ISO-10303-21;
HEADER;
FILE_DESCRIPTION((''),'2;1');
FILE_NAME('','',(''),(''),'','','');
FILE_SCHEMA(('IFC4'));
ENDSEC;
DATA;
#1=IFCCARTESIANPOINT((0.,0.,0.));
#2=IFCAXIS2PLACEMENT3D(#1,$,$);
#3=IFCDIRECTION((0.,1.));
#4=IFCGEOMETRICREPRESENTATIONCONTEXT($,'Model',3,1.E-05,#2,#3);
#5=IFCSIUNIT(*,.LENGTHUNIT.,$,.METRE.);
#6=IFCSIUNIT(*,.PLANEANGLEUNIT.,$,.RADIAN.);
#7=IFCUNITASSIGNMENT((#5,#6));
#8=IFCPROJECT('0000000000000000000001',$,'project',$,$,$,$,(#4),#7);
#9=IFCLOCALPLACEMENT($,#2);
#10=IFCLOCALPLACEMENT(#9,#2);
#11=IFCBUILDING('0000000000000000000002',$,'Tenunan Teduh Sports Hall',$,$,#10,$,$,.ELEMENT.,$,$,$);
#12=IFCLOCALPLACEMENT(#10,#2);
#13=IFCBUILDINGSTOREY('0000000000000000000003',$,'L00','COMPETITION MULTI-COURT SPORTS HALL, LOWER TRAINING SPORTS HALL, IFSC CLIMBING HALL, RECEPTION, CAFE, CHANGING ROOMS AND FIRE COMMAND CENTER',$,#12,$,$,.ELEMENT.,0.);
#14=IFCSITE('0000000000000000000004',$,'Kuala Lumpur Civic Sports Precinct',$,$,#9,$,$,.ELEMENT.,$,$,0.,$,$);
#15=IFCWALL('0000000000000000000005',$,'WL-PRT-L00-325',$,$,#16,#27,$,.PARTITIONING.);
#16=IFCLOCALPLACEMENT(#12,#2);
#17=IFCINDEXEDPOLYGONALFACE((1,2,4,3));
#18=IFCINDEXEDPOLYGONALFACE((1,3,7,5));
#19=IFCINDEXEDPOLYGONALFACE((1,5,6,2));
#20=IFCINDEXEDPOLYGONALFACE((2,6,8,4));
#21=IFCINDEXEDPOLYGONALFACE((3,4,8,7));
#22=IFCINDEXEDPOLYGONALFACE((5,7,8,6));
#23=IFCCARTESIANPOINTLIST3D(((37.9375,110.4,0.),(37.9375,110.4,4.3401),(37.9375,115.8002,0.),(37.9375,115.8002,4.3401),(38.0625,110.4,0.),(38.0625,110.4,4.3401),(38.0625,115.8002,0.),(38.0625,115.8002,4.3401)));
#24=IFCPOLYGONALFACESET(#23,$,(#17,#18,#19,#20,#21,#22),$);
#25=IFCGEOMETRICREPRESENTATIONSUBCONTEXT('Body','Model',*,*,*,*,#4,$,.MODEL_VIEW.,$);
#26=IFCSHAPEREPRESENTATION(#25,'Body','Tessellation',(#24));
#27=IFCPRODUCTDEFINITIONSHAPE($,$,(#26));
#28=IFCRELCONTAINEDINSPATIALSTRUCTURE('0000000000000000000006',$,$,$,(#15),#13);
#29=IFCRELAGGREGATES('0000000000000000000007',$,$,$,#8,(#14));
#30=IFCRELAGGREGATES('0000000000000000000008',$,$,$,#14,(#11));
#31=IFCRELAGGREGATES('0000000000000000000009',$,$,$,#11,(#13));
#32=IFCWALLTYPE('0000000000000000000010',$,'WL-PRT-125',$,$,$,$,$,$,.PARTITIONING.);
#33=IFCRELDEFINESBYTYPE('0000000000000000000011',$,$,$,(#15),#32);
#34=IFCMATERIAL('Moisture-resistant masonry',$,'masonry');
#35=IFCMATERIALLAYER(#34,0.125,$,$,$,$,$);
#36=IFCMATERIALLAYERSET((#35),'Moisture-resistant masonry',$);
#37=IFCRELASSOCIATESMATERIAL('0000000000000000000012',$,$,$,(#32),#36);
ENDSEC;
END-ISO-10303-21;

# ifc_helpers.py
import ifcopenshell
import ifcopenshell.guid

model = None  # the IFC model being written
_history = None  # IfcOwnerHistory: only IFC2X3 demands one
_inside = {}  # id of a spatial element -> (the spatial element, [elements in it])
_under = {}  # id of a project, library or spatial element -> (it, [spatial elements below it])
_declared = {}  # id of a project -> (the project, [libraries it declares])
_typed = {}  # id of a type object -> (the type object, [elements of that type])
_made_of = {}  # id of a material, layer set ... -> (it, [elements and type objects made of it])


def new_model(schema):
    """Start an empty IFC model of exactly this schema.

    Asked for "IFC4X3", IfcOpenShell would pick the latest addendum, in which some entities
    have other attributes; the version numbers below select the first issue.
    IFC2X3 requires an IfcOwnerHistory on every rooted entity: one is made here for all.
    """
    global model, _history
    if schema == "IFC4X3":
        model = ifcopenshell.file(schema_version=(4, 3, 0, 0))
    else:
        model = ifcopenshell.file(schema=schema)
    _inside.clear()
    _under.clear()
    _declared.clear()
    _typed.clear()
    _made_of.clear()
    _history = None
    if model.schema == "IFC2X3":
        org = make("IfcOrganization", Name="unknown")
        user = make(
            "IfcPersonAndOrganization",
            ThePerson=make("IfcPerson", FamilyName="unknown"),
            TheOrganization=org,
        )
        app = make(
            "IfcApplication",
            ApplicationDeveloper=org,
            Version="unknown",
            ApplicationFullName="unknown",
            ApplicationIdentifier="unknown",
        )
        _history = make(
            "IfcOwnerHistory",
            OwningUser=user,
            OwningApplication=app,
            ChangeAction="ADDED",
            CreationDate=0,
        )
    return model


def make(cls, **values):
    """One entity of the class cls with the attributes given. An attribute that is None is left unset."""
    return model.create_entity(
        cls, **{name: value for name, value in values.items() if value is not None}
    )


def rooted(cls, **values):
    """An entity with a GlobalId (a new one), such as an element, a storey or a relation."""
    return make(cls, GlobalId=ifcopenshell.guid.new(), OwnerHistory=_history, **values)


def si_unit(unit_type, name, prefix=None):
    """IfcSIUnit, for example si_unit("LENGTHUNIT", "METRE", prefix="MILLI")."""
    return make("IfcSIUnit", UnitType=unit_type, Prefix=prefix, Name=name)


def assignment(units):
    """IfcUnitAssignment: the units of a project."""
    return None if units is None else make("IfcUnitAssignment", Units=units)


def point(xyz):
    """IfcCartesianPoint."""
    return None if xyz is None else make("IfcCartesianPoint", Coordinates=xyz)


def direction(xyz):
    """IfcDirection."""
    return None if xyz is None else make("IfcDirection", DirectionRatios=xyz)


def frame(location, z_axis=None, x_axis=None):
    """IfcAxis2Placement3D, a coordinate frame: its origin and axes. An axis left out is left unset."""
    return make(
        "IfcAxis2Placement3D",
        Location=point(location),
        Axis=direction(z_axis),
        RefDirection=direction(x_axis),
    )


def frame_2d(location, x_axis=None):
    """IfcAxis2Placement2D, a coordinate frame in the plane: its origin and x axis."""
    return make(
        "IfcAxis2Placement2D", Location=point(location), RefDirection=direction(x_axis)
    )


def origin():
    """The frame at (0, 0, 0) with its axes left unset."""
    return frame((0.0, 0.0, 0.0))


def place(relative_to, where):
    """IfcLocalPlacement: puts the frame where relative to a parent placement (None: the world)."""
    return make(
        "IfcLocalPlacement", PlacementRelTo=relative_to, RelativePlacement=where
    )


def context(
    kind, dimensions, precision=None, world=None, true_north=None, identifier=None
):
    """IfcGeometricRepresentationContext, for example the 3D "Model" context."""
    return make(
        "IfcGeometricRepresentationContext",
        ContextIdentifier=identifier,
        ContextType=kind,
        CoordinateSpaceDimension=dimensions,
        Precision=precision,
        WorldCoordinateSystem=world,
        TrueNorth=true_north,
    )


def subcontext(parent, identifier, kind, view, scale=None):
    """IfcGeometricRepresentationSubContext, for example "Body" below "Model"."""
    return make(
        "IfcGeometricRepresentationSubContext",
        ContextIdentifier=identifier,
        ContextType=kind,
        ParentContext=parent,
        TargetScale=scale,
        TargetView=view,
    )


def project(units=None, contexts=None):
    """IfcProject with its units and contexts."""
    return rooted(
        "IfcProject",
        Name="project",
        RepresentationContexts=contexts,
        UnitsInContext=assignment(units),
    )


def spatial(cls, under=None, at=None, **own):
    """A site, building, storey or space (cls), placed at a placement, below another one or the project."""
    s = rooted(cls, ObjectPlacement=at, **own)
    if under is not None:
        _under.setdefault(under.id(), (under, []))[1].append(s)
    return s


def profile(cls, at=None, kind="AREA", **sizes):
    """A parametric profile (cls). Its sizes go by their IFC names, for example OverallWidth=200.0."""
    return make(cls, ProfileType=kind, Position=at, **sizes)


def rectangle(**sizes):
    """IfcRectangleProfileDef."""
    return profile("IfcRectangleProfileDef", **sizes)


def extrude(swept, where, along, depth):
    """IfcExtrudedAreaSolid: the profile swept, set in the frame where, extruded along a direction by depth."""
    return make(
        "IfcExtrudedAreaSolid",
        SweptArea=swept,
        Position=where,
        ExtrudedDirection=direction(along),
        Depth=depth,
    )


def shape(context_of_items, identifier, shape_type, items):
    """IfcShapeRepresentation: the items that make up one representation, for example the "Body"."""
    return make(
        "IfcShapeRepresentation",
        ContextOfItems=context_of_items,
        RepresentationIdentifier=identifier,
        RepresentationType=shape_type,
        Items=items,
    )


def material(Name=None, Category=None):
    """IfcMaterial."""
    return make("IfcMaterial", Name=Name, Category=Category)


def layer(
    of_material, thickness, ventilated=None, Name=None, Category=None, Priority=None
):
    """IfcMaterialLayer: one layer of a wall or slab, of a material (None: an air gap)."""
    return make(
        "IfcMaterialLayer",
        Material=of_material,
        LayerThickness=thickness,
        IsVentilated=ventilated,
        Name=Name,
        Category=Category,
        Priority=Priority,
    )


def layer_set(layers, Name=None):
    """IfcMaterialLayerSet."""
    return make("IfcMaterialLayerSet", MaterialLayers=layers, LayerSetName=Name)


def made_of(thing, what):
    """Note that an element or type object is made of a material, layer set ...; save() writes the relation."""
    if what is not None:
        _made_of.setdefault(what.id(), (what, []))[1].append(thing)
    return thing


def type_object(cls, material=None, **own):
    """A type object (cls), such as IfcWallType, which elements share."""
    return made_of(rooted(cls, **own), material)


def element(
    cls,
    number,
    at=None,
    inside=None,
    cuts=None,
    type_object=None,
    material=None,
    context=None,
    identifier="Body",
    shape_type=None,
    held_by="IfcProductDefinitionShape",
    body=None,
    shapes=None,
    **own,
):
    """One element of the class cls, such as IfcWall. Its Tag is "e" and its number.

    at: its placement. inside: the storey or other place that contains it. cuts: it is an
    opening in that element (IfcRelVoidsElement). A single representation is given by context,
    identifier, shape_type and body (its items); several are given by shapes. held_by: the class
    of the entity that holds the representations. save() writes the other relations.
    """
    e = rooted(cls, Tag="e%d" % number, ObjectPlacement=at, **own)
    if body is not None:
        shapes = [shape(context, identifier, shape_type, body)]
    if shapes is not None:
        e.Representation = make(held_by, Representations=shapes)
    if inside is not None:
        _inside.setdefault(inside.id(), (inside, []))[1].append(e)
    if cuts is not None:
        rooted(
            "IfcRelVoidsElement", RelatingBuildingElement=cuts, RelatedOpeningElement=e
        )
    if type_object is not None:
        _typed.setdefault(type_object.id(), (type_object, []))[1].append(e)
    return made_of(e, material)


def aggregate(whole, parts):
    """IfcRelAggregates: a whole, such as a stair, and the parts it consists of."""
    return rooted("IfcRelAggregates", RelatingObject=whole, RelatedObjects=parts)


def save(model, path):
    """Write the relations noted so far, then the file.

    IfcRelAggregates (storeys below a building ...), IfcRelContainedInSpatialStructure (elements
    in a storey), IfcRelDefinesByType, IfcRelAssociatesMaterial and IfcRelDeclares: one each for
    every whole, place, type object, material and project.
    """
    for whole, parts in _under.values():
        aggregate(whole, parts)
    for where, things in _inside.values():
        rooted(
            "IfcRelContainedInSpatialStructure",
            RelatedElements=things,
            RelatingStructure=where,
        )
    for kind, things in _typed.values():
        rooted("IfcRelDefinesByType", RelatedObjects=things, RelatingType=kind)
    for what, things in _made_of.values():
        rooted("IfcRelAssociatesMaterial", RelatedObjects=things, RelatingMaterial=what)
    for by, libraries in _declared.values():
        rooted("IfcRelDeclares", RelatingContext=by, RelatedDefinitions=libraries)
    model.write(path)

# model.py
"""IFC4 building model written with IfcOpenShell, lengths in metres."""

from ifc_helpers import new_model, si_unit, direction, frame, frame_2d, origin, place, context, subcontext, project, spatial, rectangle, extrude, material, layer, layer_set, type_object, element, save


model = new_model("IFC4")

# Units and contexts
model_context = context("Model", 3, precision=1e-05, world=origin(), true_north=direction((0.0, 1.0)))
body_context = subcontext(model_context, "Body", "Model", "MODEL_VIEW")
ifc_project = project(units=[si_unit("LENGTHUNIT", "METRE"), si_unit("PLANEANGLEUNIT", "RADIAN")], contexts=[model_context])

# Site, building, storey
site_placement = place(None, origin())
site = spatial("IfcSite", under=ifc_project, at=site_placement, Name="Kuala Lumpur Civic Sports Precinct", CompositionType="ELEMENT", RefElevation=0.0)
building_placement = place(site_placement, origin())
building = spatial("IfcBuilding", under=site, at=building_placement, Name="Tenunan Teduh Sports Hall", CompositionType="ELEMENT")
storey_placement = place(building_placement, origin())
storey = spatial("IfcBuildingStorey", under=building, at=storey_placement, Name="L00", Description="COMPETITION MULTI-COURT SPORTS HALL, LOWER TRAINING SPORTS HALL, IFSC CLIMBING HALL, RECEPTION, CAFE, CHANGING ROOMS AND FIRE COMMAND CENTER", CompositionType="ELEMENT", Elevation=0.0)

# Shared definitions
ifc_material_1 = material(Name="Moisture-resistant masonry", Category="masonry")
ifc_layer_1 = layer(ifc_material_1, 0.125)
ifc_layer_set_1 = layer_set([ifc_layer_1], Name="Moisture-resistant masonry")
wall_type = type_object("IfcWallType", Name="WL-PRT-125", PredefinedType="PARTITIONING", material=ifc_layer_set_1)

# Wall
wall_1_placement = place(storey_placement, frame((38.0, 110.3999, 0.0), z_axis=(0.0, 0.0, 1.0), x_axis=(0.0, 1.0, 0.0)))
element("IfcWall", 1, at=wall_1_placement, inside=storey, type_object=wall_type, Name="WL-PRT-L00-325", PredefinedType="PARTITIONING", context=body_context, shape_type="SweptSolid", body=[
    extrude(rectangle(XDim=5.4001, YDim=0.125, at=frame_2d((2.7002, 0.0))), origin(), (0.0, 0.0, 1.0), 4.3401),
])

save(model, "model.ifc")
